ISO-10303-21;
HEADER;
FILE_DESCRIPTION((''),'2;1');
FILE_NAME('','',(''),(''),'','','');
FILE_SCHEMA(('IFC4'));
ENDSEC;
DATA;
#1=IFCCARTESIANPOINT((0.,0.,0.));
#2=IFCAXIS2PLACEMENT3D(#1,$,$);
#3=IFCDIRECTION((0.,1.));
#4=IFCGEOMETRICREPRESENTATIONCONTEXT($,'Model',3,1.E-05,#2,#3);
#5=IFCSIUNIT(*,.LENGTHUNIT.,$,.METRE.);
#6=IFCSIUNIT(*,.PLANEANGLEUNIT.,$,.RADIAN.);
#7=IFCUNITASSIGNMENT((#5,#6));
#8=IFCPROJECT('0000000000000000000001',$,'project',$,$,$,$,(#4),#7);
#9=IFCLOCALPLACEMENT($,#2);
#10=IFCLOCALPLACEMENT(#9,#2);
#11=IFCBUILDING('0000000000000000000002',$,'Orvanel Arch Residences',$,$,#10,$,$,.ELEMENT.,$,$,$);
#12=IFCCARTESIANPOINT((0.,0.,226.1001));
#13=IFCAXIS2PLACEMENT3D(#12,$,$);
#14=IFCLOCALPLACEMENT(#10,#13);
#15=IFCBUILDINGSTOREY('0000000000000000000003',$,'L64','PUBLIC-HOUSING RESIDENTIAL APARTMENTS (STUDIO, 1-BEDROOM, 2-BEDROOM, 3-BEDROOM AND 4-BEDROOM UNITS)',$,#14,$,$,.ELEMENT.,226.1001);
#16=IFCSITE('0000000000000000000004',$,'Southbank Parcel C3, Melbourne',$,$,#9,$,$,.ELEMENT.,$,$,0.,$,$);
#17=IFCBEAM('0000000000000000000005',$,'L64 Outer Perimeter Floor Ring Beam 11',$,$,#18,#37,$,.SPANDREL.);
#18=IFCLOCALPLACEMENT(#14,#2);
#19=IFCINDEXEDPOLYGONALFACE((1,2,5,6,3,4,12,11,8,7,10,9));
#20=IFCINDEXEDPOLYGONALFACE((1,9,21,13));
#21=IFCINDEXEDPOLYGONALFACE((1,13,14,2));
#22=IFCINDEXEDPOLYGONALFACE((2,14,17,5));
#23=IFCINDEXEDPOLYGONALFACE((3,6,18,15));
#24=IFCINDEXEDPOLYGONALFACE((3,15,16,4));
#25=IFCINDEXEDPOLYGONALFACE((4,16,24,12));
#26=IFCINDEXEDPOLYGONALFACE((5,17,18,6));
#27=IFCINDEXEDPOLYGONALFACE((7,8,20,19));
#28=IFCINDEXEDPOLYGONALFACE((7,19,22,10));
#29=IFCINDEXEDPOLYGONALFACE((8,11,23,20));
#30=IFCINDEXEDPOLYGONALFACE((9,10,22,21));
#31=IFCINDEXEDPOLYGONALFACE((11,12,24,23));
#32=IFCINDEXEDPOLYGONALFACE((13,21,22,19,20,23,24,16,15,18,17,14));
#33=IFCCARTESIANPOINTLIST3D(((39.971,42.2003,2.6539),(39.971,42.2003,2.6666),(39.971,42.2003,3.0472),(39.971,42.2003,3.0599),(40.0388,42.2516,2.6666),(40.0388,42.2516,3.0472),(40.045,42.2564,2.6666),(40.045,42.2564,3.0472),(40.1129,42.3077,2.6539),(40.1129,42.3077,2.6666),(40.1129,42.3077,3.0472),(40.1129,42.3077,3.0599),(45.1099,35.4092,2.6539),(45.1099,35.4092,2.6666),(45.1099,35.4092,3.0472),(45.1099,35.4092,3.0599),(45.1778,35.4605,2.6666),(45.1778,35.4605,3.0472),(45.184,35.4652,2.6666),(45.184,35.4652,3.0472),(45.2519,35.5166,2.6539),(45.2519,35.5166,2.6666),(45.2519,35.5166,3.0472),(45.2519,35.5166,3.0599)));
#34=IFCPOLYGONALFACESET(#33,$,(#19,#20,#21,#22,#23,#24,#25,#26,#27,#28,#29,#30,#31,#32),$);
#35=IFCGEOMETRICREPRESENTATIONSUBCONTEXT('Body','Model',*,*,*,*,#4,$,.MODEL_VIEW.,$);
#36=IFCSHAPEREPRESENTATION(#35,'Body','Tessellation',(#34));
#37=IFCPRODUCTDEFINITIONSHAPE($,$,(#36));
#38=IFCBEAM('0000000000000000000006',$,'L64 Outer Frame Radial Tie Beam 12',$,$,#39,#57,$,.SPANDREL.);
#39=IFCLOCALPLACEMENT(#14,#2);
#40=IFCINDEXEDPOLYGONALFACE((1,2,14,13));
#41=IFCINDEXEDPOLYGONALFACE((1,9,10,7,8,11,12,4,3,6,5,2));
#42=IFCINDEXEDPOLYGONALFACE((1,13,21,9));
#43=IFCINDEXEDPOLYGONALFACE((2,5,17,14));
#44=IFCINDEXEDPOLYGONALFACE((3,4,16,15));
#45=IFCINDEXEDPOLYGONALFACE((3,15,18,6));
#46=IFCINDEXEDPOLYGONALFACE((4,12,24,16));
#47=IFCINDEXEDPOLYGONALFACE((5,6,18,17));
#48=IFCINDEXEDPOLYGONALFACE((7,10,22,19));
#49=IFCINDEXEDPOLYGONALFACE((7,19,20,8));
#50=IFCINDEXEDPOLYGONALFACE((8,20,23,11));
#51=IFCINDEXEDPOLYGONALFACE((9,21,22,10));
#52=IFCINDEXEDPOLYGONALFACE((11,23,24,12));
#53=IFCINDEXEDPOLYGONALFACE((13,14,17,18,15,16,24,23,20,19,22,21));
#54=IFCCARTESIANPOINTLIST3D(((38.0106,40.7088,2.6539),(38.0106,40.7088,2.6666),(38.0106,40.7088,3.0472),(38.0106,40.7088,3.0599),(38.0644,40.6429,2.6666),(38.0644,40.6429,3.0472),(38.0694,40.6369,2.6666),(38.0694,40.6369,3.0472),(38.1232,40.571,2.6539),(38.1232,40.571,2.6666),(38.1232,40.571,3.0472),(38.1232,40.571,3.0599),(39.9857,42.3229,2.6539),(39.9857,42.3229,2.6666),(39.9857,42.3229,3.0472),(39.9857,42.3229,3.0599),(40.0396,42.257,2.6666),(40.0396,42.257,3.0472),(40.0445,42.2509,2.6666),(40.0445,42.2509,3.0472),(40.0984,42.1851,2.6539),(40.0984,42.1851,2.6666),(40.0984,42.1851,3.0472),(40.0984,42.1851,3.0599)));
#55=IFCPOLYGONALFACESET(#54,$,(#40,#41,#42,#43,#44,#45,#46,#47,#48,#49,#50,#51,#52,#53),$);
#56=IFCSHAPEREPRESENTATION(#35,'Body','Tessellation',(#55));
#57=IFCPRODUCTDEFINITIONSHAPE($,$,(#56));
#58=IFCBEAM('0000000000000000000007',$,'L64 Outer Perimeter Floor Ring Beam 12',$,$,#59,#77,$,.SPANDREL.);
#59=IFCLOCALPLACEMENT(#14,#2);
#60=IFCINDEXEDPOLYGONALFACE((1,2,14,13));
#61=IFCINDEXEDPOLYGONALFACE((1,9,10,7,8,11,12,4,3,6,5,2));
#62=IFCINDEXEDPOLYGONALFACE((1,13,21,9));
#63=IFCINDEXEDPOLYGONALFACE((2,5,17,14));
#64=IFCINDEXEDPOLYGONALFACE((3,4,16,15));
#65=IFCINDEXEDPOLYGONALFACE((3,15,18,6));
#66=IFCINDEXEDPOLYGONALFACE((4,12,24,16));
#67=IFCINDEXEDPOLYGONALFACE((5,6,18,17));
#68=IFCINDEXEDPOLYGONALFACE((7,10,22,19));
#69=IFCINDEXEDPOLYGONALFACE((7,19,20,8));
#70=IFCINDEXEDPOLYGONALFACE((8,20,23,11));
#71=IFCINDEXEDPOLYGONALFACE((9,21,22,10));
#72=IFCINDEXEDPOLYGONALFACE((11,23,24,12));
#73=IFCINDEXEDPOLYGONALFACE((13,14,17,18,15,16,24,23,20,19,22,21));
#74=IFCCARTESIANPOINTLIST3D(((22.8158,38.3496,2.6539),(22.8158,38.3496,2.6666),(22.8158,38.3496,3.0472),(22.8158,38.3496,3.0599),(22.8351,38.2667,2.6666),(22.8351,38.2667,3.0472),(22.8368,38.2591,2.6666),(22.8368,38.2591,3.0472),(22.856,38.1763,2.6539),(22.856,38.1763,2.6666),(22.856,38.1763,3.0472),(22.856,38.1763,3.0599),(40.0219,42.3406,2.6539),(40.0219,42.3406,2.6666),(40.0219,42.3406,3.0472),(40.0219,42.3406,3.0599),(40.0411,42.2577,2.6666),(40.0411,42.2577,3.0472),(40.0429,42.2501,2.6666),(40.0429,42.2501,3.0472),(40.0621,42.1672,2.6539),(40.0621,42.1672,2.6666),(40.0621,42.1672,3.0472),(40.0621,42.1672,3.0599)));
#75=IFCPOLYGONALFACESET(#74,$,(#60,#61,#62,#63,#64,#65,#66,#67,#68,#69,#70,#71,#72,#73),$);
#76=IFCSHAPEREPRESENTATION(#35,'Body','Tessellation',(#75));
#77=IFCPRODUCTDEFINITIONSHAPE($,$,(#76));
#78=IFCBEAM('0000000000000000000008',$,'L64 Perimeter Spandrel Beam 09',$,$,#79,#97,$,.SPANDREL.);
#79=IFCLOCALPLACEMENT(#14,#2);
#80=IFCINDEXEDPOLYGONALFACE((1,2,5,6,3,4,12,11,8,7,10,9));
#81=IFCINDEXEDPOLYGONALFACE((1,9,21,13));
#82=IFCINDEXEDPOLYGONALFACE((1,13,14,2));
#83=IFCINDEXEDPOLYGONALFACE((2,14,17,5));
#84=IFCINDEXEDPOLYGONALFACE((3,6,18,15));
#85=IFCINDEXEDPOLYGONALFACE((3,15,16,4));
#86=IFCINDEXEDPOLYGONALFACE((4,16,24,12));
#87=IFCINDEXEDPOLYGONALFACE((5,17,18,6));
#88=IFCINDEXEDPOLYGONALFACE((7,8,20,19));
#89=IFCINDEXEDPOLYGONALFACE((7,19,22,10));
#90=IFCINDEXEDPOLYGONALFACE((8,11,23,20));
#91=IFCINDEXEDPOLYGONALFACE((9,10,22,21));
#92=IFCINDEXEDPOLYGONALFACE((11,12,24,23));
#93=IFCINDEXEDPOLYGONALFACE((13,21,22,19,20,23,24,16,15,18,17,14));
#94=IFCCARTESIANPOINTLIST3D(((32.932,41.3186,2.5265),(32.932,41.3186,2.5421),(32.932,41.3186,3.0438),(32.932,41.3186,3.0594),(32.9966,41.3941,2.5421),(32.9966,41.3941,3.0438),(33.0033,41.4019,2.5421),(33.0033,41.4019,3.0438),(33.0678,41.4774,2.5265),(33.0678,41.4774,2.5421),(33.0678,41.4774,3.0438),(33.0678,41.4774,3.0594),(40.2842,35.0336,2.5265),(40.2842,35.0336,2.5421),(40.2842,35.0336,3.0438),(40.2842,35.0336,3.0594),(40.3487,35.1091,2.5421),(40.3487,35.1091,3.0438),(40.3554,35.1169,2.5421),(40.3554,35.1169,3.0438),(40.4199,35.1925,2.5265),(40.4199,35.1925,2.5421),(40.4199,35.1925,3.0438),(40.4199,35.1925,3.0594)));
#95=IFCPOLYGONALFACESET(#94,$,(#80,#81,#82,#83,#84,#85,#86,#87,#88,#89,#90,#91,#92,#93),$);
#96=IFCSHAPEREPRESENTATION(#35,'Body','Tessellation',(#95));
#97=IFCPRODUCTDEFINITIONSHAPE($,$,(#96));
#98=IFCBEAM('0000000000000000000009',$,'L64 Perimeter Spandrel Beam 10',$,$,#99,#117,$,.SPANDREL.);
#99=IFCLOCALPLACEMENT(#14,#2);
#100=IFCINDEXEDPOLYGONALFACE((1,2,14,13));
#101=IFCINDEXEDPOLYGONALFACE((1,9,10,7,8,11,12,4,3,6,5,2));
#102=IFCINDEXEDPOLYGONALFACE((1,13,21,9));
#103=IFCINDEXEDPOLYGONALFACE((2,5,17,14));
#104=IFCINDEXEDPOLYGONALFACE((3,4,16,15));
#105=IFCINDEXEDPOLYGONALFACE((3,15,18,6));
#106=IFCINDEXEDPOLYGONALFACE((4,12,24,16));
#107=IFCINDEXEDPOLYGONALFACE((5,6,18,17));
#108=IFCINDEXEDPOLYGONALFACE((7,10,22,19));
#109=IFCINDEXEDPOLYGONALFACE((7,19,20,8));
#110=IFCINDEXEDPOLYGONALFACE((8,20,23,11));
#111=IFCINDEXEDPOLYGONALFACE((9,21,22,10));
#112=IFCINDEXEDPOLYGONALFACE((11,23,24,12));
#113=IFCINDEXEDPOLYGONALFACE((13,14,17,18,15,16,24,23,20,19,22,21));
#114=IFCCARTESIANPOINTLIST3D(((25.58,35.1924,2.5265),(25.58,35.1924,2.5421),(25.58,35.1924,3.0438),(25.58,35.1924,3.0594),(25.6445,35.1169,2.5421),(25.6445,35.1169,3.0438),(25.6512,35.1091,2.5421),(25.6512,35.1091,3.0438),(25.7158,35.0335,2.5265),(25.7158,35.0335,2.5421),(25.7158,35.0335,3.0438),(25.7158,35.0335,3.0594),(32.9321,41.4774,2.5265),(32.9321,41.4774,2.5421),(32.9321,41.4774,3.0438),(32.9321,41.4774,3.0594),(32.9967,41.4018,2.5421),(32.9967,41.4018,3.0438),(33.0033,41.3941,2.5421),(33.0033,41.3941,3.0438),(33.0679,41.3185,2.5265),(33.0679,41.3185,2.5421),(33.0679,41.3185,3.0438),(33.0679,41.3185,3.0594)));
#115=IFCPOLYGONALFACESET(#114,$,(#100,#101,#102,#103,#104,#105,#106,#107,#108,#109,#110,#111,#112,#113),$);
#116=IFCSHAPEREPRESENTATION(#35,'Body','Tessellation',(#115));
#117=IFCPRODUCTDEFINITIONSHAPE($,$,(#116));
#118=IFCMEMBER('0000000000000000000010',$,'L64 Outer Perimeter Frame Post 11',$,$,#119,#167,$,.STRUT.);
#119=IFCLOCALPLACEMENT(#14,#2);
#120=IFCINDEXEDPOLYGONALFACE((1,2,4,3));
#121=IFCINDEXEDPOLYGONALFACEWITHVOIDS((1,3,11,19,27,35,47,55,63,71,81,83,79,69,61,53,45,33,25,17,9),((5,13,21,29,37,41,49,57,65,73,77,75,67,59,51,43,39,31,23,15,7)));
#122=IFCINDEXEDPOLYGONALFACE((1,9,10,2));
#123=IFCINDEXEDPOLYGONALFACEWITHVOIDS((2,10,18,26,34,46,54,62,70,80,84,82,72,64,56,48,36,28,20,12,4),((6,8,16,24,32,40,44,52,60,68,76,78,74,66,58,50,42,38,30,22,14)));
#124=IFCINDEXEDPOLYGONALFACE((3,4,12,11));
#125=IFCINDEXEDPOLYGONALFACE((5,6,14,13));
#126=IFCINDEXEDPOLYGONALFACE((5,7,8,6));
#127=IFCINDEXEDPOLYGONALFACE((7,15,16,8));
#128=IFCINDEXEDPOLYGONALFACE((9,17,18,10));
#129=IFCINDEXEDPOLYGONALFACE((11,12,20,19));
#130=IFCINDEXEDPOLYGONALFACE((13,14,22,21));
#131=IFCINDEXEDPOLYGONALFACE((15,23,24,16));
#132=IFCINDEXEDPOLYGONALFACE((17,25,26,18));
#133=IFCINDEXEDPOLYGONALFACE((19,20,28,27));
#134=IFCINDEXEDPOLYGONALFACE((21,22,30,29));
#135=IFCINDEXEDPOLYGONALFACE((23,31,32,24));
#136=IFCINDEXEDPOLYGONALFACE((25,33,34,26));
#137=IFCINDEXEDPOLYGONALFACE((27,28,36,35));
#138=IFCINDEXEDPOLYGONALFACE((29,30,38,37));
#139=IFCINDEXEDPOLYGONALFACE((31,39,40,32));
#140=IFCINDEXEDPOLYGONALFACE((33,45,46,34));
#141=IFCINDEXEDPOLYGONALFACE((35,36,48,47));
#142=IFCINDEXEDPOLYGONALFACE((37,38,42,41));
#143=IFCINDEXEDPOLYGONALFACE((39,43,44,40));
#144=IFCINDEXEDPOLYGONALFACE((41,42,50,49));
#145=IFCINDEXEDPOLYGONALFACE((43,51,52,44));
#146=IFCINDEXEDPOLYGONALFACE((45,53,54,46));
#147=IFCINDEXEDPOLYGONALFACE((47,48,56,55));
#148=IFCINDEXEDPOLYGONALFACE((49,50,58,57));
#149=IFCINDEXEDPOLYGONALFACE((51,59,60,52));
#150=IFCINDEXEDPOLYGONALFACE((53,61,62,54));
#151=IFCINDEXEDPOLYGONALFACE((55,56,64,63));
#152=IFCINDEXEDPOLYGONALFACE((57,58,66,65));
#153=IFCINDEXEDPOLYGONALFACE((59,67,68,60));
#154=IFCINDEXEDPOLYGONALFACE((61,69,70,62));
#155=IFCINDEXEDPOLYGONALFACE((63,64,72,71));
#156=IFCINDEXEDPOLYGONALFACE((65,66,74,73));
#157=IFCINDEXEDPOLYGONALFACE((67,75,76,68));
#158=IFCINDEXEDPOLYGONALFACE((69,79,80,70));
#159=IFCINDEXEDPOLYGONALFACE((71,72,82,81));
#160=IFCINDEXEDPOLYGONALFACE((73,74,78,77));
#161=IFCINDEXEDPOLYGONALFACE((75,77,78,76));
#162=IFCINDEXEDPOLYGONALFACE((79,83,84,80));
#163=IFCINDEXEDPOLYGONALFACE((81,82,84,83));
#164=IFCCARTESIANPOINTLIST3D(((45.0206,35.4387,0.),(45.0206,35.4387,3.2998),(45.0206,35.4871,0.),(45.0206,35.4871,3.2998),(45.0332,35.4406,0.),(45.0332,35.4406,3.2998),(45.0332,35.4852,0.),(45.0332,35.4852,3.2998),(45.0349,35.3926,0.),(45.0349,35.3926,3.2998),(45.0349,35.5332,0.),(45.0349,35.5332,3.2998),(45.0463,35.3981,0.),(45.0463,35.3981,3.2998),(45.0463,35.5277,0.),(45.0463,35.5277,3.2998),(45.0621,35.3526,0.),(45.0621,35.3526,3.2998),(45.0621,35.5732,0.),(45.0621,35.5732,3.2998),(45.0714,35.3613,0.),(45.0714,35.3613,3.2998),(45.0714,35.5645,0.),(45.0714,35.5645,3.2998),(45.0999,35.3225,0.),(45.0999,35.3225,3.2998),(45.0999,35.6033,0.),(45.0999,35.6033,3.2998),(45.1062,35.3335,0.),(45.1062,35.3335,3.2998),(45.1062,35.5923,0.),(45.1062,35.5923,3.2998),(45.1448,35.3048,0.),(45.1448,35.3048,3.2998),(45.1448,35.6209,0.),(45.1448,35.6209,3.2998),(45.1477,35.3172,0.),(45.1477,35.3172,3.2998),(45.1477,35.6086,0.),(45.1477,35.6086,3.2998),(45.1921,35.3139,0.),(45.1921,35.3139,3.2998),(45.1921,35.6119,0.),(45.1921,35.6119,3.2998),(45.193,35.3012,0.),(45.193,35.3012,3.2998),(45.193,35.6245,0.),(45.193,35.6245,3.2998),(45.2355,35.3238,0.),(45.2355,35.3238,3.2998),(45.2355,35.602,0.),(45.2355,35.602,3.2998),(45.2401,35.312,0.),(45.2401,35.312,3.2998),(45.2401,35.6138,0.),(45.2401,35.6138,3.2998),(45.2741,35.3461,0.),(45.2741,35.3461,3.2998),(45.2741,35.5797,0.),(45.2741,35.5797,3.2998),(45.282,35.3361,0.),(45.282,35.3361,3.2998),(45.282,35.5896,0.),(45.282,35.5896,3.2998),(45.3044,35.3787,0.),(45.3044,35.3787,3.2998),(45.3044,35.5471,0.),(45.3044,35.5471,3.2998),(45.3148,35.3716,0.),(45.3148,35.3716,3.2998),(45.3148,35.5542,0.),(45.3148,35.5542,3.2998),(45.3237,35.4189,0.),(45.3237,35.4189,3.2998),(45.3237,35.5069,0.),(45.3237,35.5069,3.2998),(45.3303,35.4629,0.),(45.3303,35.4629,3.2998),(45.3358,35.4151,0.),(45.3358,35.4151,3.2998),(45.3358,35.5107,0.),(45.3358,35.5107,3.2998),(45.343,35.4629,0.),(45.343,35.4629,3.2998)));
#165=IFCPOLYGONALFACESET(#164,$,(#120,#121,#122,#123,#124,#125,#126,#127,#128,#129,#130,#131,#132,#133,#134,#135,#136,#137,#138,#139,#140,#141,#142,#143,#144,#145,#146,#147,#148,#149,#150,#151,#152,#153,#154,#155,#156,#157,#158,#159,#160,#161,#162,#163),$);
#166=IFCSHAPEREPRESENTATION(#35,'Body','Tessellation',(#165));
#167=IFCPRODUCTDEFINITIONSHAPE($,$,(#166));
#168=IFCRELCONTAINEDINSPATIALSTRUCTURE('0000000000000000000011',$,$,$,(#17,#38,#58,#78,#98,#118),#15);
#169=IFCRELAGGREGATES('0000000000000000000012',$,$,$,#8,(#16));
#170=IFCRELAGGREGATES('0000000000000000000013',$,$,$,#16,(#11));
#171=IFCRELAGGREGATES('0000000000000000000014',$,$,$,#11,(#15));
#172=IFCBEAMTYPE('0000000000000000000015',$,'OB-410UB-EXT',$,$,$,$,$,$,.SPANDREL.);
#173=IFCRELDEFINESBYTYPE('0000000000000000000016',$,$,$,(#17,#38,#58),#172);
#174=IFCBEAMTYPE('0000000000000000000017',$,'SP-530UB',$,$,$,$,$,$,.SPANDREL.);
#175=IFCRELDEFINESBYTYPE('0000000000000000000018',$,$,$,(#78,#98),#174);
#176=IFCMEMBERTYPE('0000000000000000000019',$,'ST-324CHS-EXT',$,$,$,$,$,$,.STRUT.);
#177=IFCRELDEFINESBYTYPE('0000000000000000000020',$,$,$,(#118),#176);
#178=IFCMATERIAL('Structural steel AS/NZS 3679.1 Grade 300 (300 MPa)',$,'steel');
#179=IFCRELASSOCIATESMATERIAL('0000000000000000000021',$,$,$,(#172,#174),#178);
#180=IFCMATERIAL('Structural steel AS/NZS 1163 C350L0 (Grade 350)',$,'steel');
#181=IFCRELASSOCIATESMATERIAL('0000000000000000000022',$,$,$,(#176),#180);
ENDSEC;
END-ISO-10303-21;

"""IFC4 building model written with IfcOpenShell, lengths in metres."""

from ifc_helpers import new_model, si_unit, direction, frame, origin, origin_2d, place, context, subcontext, project, spatial, hollow_circle, i_section, extrude, material, material_profile, profile_set, type_object, element, save


model = new_model("IFC4")

# Units and contexts
model_context = context("Model", 3, precision=1e-05, world=origin(), true_north=direction((0.0, 1.0)))
body_context = subcontext(model_context, "Body", "Model", "MODEL_VIEW")
ifc_project = project(units=[si_unit("LENGTHUNIT", "METRE"), si_unit("PLANEANGLEUNIT", "RADIAN")], contexts=[model_context])

# Site, building, storey
site_placement = place(None, origin())
site = spatial("IfcSite", under=ifc_project, at=site_placement, Name="Southbank Parcel C3, Melbourne", CompositionType="ELEMENT", RefElevation=0.0)
building_placement = place(site_placement, origin())
building = spatial("IfcBuilding", under=site, at=building_placement, Name="Orvanel Arch Residences", CompositionType="ELEMENT")
storey_placement = place(building_placement, frame((0.0, 0.0, 226.1001)))
storey = spatial("IfcBuildingStorey", under=building, at=storey_placement, Name="L64", Description="PUBLIC-HOUSING RESIDENTIAL APARTMENTS (STUDIO, 1-BEDROOM, 2-BEDROOM, 3-BEDROOM AND 4-BEDROOM UNITS)", CompositionType="ELEMENT", Elevation=226.1001)

# Shared definitions
ifc_material_1 = material(Name="Structural steel AS/NZS 3679.1 Grade 300 (300 MPa)", Category="steel")

# Beams
ifc_material_profile_1 = material_profile(ifc_material_1, i_section(OverallWidth=0.178, OverallDepth=0.406, WebThickness=0.0078, FlangeThickness=0.0127, at=origin_2d()), Name="410UB59.7")
ifc_profile_set_1 = profile_set([ifc_material_profile_1], Name="Structural steel AS/NZS 3679.1 Grade 300 (300 MPa)")
beam_type_1 = type_object("IfcBeamType", Name="OB-410UB-EXT", PredefinedType="SPANDREL", material=ifc_profile_set_1)
beam_1_placement = place(storey_placement, frame((45.1809, 35.4629, 2.8569), z_axis=(-0.603425, 0.797419, 0.0), x_axis=(-0.797419, -0.603425, 0.0)))
element("IfcBeam", 1, at=beam_1_placement, inside=storey, type_object=beam_type_1, Name="L64 Outer Perimeter Floor Ring Beam 11", PredefinedType="SPANDREL", context=body_context, shape_type="SweptSolid", body=[
    extrude(i_section(OverallWidth=0.178, OverallDepth=0.406, WebThickness=0.0078, FlangeThickness=0.0127, at=origin_2d()), origin(), (0.0, 0.0, 1.0), 8.5164),
])
beam_2_placement = place(storey_placement, frame((38.0669, 40.6399, 2.8569), z_axis=(0.774337, 0.632774, 0.0), x_axis=(-0.632774, 0.774337, 0.0)))
element("IfcBeam", 2, at=beam_2_placement, inside=storey, type_object=beam_type_1, Name="L64 Outer Frame Radial Tie Beam 12", PredefinedType="SPANDREL", context=body_context, shape_type="SweptSolid", body=[
    extrude(i_section(OverallWidth=0.178, OverallDepth=0.406, WebThickness=0.0078, FlangeThickness=0.0127, at=origin_2d()), origin(), (0.0, 0.0, 1.0), 2.5508),
])
beam_3_placement = place(storey_placement, frame((40.042, 42.2539, 2.8569), z_axis=(-0.974138, -0.225953, 0.0), x_axis=(0.225953, -0.974138, 0.0)))
element("IfcBeam", 3, at=beam_3_placement, inside=storey, type_object=beam_type_1, Name="L64 Outer Perimeter Floor Ring Beam 12", PredefinedType="SPANDREL", context=body_context, shape_type="SweptSolid", body=[
    extrude(i_section(OverallWidth=0.178, OverallDepth=0.406, WebThickness=0.0078, FlangeThickness=0.0127, at=origin_2d()), origin(), (0.0, 0.0, 1.0), 17.6628),
])
ifc_material_profile_2 = material_profile(ifc_material_1, i_section(OverallWidth=0.209, OverallDepth=0.533, WebThickness=0.0103, FlangeThickness=0.0156, at=origin_2d()), Name="530UB92.4")
ifc_profile_set_2 = profile_set([ifc_material_profile_2], Name="Structural steel AS/NZS 3679.1 Grade 300 (300 MPa)")
beam_type_2 = type_object("IfcBeamType", Name="SP-530UB", PredefinedType="SPANDREL", material=ifc_profile_set_2)
for number, where, z_axis, x_axis, name in (
    (4, (40.3521, 35.113, 2.793), (-0.760117, 0.649787, 0.0), (-0.649787, -0.760117, 0.0), "L64 Perimeter Spandrel Beam 09"),
    (5, (33.0, 41.3979, 2.793), (-0.760117, -0.649787, 0.0), (0.649787, -0.760117, 0.0), "L64 Perimeter Spandrel Beam 10"),
):
    element("IfcBeam", number, at=place(storey_placement, frame(where, z_axis=z_axis, x_axis=x_axis)), inside=storey, type_object=beam_type_2, Name=name, PredefinedType="SPANDREL", context=body_context, shape_type="SweptSolid", body=[
        extrude(i_section(OverallWidth=0.209, OverallDepth=0.533, WebThickness=0.0103, FlangeThickness=0.0156, at=origin_2d()), origin(), (0.0, 0.0, 1.0), 9.6724),
    ])

# Member
ifc_material_2 = material(Name="Structural steel AS/NZS 1163 C350L0 (Grade 350)", Category="steel")
ifc_material_profile_3 = material_profile(ifc_material_2, hollow_circle(Radius=0.1621, WallThickness=0.0127, at=origin_2d()), Name="CHS324x12.7")
ifc_profile_set_3 = profile_set([ifc_material_profile_3], Name="Structural steel AS/NZS 1163 C350L0 (Grade 350)")
member_type_1 = type_object("IfcMemberType", Name="ST-324CHS-EXT", PredefinedType="STRUT", material=ifc_profile_set_3)
for number, where, z_axis, x_axis, name in (
    (6, (45.1809, 35.4629, 0.0), (0.0, 0.0, 1.0), (1.0, 0.0, 0.0), "L64 Outer Perimeter Frame Post 11"),
):
    element("IfcMember", number, at=place(storey_placement, frame(where, z_axis=z_axis, x_axis=x_axis)), inside=storey, type_object=member_type_1, Name=name, PredefinedType="STRUT", context=body_context, shape_type="SweptSolid", body=[
        extrude(hollow_circle(Radius=0.1621, WallThickness=0.0127, at=origin_2d()), origin(), (0.0, 0.0, 1.0), 3.2998),
    ])

save(model, "model.ifc")
